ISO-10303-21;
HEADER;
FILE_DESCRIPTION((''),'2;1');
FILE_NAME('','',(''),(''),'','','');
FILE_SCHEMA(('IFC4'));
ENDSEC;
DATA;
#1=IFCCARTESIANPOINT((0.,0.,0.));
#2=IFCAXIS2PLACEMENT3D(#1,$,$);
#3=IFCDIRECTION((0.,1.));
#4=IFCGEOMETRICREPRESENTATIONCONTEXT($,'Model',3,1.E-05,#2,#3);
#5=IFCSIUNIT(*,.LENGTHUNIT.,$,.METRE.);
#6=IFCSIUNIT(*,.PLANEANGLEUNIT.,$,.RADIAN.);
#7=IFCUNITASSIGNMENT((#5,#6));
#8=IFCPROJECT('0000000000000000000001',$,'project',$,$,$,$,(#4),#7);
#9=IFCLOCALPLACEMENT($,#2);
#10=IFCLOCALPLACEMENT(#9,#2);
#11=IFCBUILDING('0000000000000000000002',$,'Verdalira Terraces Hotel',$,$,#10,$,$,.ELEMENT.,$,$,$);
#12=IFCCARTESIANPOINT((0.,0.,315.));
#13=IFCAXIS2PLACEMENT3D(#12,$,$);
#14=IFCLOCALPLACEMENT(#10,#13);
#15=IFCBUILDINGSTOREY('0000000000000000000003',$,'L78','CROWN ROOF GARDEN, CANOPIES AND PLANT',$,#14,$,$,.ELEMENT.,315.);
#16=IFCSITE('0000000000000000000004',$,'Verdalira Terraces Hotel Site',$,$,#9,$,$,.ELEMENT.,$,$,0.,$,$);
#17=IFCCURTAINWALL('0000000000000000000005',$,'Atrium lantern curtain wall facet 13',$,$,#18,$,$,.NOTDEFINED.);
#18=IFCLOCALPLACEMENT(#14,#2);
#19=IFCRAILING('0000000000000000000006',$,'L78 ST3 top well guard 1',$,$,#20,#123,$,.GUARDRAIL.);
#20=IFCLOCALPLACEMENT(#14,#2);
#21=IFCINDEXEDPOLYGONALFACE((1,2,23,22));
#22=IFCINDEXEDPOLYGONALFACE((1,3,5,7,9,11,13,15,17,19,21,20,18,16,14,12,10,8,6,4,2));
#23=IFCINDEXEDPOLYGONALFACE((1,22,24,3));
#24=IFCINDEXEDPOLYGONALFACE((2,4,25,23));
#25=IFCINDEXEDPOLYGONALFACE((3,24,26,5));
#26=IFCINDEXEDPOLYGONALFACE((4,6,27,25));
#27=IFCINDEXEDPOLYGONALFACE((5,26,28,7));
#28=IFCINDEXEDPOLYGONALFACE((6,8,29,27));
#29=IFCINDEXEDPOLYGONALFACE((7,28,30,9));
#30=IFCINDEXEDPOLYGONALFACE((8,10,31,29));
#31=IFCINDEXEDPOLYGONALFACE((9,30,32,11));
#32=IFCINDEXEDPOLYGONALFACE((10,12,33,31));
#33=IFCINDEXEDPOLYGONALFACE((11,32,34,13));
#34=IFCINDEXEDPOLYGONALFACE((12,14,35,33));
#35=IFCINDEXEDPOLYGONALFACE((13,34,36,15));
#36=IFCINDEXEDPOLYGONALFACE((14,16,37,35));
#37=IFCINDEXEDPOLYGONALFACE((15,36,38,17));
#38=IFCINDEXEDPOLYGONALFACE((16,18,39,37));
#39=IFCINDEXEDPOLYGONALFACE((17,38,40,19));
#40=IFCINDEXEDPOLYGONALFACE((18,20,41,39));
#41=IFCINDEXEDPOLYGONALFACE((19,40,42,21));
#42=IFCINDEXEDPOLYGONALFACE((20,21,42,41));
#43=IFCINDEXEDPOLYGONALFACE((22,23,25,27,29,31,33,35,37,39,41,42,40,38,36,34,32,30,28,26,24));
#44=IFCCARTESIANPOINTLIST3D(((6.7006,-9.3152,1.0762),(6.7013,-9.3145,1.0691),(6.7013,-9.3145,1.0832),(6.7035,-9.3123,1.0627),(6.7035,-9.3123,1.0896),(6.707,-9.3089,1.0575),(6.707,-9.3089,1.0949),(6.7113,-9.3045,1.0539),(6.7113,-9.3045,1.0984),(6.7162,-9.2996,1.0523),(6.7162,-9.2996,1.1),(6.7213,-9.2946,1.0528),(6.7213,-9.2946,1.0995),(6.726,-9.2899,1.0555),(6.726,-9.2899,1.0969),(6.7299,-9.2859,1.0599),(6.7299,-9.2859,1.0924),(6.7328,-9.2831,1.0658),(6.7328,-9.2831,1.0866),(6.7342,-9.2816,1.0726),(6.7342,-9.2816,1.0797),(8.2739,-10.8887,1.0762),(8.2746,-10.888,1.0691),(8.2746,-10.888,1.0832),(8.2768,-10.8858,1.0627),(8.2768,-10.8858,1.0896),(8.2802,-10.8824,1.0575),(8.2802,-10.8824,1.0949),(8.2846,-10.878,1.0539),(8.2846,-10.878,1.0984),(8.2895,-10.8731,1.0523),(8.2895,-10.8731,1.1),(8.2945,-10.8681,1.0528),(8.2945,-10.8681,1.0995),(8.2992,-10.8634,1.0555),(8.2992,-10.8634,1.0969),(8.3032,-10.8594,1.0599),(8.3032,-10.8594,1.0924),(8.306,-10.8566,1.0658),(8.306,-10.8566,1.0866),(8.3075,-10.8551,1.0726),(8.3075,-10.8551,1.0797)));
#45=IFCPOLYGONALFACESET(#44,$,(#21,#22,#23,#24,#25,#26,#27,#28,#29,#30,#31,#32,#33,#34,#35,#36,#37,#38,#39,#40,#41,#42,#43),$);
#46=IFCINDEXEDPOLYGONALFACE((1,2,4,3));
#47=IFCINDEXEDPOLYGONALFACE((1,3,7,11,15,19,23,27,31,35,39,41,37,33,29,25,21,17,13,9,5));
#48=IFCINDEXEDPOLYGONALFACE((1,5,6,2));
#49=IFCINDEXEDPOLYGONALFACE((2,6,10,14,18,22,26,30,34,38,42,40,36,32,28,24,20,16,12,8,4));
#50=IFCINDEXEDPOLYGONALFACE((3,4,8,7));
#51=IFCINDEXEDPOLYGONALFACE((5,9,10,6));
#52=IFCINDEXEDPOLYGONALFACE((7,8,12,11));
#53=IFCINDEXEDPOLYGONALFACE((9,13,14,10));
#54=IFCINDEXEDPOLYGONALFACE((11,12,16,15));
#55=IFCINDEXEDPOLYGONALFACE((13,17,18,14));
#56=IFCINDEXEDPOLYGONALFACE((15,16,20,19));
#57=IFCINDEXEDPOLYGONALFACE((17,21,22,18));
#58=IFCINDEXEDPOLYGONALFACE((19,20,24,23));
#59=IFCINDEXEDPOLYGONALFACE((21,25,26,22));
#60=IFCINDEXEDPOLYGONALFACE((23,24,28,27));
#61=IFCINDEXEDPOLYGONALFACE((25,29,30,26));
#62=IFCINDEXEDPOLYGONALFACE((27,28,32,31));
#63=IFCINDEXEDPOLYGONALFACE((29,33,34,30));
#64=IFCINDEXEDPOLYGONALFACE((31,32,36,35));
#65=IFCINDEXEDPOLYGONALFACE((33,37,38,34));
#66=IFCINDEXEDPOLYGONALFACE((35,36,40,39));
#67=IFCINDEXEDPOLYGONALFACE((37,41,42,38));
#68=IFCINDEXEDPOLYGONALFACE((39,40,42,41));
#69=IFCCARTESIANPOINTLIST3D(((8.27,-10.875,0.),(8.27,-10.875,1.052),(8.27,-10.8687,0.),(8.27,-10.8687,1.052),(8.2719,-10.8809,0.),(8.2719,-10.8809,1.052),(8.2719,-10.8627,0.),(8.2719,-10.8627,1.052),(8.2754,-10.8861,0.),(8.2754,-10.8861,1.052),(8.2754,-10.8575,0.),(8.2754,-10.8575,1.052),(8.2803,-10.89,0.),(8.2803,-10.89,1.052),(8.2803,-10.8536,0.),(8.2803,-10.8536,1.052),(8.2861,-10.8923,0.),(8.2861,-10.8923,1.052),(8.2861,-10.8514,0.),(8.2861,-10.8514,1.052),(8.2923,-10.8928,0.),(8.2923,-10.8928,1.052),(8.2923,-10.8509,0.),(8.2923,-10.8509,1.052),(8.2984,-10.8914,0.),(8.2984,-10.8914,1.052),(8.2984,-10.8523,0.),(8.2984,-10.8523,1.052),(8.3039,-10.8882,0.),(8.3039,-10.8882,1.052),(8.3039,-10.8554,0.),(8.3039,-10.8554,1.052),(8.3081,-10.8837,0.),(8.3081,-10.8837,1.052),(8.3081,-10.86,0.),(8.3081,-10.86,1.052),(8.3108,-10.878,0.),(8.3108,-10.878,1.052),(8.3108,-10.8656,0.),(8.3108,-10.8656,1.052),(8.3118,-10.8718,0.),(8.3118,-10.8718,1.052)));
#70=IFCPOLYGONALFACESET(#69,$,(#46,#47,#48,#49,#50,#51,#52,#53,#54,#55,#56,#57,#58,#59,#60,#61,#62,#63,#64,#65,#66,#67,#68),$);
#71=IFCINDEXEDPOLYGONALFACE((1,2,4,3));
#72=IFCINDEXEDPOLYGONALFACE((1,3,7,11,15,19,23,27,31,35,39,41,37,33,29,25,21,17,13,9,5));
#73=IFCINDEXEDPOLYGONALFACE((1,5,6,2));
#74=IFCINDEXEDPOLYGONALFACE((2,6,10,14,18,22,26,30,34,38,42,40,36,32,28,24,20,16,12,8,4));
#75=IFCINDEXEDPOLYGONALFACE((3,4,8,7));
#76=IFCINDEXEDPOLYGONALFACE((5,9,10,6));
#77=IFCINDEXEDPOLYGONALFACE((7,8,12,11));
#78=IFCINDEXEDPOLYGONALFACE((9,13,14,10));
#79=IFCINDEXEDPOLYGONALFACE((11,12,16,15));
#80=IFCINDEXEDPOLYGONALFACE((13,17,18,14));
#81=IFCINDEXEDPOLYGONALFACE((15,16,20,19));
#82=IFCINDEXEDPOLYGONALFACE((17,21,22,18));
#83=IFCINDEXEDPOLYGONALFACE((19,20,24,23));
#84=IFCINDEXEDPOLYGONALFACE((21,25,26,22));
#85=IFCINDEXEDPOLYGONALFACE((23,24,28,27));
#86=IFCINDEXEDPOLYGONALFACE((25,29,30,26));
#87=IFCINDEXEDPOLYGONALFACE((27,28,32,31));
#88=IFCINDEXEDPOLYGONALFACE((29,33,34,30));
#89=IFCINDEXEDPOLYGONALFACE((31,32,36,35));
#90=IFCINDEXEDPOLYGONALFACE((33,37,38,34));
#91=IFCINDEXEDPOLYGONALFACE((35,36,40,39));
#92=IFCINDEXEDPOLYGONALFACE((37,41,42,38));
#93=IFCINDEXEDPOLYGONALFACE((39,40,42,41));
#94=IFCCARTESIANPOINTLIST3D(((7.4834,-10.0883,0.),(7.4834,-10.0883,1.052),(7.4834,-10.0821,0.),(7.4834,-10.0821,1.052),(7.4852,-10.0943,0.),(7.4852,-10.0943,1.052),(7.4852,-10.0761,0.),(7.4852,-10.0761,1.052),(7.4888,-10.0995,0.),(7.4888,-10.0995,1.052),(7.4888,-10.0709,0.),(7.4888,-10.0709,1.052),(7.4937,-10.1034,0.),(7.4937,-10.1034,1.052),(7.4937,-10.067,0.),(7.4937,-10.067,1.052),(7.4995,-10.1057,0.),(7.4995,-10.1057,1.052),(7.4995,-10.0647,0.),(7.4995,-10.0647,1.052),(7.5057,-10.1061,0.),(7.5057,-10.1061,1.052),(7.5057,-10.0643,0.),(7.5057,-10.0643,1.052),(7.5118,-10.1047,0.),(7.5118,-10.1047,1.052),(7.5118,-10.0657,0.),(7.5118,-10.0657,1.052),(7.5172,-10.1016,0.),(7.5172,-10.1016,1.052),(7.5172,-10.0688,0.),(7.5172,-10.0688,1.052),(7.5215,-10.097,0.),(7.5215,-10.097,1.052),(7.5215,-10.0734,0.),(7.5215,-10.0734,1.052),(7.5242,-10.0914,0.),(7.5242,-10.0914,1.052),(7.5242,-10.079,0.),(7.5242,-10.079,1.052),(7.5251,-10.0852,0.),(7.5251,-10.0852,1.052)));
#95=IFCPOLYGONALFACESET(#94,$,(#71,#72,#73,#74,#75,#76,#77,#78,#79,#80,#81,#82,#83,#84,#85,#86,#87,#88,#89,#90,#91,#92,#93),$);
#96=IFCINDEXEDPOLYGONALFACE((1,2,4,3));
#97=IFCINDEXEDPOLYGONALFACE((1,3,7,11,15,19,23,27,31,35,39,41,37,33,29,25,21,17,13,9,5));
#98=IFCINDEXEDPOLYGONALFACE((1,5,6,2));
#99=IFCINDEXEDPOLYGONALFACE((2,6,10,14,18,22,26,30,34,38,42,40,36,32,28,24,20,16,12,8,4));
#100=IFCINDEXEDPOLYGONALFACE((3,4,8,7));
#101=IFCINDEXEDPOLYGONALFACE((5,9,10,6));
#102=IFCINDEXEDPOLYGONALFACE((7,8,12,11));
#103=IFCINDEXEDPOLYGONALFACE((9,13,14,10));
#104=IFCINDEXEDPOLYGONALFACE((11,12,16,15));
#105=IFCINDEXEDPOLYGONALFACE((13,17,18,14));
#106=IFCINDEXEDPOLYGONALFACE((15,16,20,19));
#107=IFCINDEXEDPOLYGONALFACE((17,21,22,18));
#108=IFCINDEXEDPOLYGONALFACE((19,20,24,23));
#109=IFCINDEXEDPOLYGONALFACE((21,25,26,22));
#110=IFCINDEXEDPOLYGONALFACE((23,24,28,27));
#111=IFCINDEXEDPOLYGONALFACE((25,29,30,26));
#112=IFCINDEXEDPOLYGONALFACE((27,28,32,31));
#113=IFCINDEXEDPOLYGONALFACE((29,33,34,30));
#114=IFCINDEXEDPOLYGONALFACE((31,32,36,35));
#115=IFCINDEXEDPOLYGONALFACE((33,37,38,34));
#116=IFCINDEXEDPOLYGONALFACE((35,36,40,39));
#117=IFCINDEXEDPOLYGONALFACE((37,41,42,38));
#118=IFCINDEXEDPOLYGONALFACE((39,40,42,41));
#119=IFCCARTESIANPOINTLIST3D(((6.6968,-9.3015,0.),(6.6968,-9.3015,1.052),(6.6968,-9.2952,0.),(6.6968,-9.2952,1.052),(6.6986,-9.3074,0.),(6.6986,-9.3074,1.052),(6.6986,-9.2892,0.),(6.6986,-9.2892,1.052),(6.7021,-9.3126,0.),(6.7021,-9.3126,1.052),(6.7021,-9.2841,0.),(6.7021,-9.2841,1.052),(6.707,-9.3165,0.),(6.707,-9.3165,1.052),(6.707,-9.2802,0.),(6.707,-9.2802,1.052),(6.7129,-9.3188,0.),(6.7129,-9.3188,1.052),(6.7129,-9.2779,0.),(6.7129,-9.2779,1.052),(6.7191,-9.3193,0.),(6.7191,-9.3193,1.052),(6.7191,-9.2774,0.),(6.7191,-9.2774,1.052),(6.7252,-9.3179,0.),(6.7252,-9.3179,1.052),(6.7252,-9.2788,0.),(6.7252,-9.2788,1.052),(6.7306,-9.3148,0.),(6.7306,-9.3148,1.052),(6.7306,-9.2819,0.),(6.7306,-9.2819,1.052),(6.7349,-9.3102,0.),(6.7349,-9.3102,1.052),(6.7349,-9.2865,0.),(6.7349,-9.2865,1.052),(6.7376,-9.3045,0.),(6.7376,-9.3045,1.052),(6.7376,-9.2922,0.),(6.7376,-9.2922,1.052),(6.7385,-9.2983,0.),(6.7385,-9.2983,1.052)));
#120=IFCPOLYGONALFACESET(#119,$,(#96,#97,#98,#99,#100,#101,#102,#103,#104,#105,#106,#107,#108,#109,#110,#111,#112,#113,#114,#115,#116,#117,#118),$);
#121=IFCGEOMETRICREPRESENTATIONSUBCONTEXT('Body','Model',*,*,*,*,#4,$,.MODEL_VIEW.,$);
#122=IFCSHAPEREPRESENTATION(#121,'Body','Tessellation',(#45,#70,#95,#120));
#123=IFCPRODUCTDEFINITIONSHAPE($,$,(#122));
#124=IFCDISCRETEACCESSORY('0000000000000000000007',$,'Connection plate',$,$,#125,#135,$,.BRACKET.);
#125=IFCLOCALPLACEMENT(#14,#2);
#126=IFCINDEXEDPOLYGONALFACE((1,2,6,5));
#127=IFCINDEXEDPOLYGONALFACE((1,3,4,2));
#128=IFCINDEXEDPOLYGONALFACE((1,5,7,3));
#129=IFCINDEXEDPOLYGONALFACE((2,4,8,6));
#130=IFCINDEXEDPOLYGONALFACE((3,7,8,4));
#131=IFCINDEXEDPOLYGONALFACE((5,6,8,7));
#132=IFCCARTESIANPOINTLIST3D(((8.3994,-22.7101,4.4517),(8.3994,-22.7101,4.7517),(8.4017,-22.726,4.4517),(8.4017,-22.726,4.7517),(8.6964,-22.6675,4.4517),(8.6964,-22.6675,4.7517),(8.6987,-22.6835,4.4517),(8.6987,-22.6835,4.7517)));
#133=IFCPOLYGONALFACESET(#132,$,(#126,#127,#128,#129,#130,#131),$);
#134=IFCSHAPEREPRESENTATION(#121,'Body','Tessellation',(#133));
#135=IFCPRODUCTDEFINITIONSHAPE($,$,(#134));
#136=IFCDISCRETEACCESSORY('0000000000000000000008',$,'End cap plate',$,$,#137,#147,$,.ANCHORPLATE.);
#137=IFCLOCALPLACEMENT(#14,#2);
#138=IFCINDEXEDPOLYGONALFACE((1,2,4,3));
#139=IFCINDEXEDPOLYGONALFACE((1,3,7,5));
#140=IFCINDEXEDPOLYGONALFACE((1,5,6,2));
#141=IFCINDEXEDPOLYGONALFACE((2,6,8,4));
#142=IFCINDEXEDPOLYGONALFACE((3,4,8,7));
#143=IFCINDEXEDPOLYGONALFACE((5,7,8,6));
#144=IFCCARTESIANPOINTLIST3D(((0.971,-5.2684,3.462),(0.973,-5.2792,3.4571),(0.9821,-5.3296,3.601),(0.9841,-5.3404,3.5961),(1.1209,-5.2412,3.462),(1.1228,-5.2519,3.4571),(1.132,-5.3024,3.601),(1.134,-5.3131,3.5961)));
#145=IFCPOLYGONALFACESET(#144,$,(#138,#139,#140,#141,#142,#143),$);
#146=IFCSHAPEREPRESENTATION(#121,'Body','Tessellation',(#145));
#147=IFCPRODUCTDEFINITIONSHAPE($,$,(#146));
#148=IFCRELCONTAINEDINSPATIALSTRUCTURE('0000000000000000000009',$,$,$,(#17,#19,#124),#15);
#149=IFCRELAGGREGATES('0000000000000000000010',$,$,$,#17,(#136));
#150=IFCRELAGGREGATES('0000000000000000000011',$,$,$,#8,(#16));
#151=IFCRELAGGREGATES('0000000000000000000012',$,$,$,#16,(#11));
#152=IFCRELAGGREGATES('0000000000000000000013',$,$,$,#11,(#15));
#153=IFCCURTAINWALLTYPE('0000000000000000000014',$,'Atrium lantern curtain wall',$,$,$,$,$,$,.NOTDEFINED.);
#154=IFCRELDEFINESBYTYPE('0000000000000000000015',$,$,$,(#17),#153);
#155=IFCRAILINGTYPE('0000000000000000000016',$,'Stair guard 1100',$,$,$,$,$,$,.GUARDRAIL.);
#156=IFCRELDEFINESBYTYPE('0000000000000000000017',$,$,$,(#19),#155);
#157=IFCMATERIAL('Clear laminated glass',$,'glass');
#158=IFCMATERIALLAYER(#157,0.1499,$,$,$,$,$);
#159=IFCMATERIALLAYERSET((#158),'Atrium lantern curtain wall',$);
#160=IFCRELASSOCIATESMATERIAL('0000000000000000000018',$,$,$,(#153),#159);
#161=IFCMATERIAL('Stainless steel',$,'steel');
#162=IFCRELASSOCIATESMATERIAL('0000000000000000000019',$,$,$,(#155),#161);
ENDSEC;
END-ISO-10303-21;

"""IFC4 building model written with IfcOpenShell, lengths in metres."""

from ifc_helpers import new_model, si_unit, direction, frame, origin, origin_2d, place, context, subcontext, project, spatial, rectangle, circle, extrude, material, layer, layer_set, type_object, element, aggregate, save


model = new_model("IFC4")

# Units and contexts
model_context = context("Model", 3, precision=1e-05, world=origin(), true_north=direction((0.0, 1.0)))
body_context = subcontext(model_context, "Body", "Model", "MODEL_VIEW")
ifc_project = project(units=[si_unit("LENGTHUNIT", "METRE"), si_unit("PLANEANGLEUNIT", "RADIAN")], contexts=[model_context])

# Site, building, storey
site_placement = place(None, origin())
site = spatial("IfcSite", under=ifc_project, at=site_placement, Name="Verdalira Terraces Hotel Site", CompositionType="ELEMENT", RefElevation=0.0)
building_placement = place(site_placement, origin())
building = spatial("IfcBuilding", under=site, at=building_placement, Name="Verdalira Terraces Hotel", CompositionType="ELEMENT")
storey_placement = place(building_placement, frame((0.0, 0.0, 315.0)))
storey = spatial("IfcBuildingStorey", under=building, at=storey_placement, Name="L78", Description="CROWN ROOF GARDEN, CANOPIES AND PLANT", CompositionType="ELEMENT", Elevation=315.0)

# Curtain wall
ifc_material_1 = material(Name="Clear laminated glass", Category="glass")
ifc_layer_1 = layer(ifc_material_1, 0.1499)
ifc_layer_set_1 = layer_set([ifc_layer_1], Name="Atrium lantern curtain wall")
curtain_wall_type = type_object("IfcCurtainWallType", Name="Atrium lantern curtain wall", PredefinedType="NOTDEFINED", material=ifc_layer_set_1)
curtain_wall_placement = place(storey_placement, origin())
curtain_wall = element("IfcCurtainWall", 1, at=curtain_wall_placement, inside=storey, type_object=curtain_wall_type, Name="Atrium lantern curtain wall facet 13", PredefinedType="NOTDEFINED")

# Railing
ifc_material_2 = material(Name="Stainless steel", Category="steel")
railing_type_1 = type_object("IfcRailingType", Name="Stair guard 1100", PredefinedType="GUARDRAIL", material=ifc_material_2)
railing_1_placement = place(storey_placement, frame((8.2908, -10.8718, 0.0)))
element("IfcRailing", 2, at=railing_1_placement, inside=storey, type_object=railing_type_1, Name="L78 ST3 top well guard 1", PredefinedType="GUARDRAIL", context=body_context, shape_type="SweptSolid", body=[
    extrude(circle(Radius=0.0239, at=origin_2d()), frame((0.0, 0.0, 1.0762), z_axis=(-0.707052, 0.707162, 0.0), x_axis=(-0.707162, -0.707052, 0.0)), (0.0, 0.0, 1.0), 2.2251),
    extrude(circle(Radius=0.021, at=origin_2d()), origin(), (0.0, 0.0, 1.0), 1.052),
    extrude(circle(Radius=0.021, at=origin_2d()), frame((-0.7866, 0.7866, 0.0)), (0.0, 0.0, 1.0), 1.052),
    extrude(circle(Radius=0.021, at=origin_2d()), frame((-1.5732, 1.5735, 0.0)), (0.0, 0.0, 1.0), 1.052),
])

# Discrete accessories
discrete_accessory_1_placement = place(storey_placement, frame((8.5491, -22.6968, 4.4517), z_axis=(0.0, 0.0, 1.0), x_axis=(0.989876, 0.141938, 0.0)))
element("IfcDiscreteAccessory", 3, at=discrete_accessory_1_placement, inside=storey, Name="Connection plate", PredefinedType="BRACKET", context=body_context, shape_type="SweptSolid", body=[
    extrude(rectangle(XDim=0.3, YDim=0.0161, at=origin_2d()), origin(), (0.0, 0.0, 1.0), 0.3),
])
discrete_accessory_2_placement = place(storey_placement, frame((1.0535, -5.2961, 3.5266), z_axis=(-0.163299, 0.898146, 0.408248), x_axis=(-0.98387, -0.178885, 0.0)))
discrete_accessory_2 = element("IfcDiscreteAccessory", 4, at=discrete_accessory_2_placement, Name="End cap plate", PredefinedType="ANCHORPLATE", context=body_context, shape_type="SweptSolid", body=[
    extrude(rectangle(XDim=0.1523, YDim=0.1523, at=origin_2d()), origin(), (0.0, 0.0, 1.0), 0.012),
])
aggregate(curtain_wall, [discrete_accessory_2])

save(model, "model.ifc")
